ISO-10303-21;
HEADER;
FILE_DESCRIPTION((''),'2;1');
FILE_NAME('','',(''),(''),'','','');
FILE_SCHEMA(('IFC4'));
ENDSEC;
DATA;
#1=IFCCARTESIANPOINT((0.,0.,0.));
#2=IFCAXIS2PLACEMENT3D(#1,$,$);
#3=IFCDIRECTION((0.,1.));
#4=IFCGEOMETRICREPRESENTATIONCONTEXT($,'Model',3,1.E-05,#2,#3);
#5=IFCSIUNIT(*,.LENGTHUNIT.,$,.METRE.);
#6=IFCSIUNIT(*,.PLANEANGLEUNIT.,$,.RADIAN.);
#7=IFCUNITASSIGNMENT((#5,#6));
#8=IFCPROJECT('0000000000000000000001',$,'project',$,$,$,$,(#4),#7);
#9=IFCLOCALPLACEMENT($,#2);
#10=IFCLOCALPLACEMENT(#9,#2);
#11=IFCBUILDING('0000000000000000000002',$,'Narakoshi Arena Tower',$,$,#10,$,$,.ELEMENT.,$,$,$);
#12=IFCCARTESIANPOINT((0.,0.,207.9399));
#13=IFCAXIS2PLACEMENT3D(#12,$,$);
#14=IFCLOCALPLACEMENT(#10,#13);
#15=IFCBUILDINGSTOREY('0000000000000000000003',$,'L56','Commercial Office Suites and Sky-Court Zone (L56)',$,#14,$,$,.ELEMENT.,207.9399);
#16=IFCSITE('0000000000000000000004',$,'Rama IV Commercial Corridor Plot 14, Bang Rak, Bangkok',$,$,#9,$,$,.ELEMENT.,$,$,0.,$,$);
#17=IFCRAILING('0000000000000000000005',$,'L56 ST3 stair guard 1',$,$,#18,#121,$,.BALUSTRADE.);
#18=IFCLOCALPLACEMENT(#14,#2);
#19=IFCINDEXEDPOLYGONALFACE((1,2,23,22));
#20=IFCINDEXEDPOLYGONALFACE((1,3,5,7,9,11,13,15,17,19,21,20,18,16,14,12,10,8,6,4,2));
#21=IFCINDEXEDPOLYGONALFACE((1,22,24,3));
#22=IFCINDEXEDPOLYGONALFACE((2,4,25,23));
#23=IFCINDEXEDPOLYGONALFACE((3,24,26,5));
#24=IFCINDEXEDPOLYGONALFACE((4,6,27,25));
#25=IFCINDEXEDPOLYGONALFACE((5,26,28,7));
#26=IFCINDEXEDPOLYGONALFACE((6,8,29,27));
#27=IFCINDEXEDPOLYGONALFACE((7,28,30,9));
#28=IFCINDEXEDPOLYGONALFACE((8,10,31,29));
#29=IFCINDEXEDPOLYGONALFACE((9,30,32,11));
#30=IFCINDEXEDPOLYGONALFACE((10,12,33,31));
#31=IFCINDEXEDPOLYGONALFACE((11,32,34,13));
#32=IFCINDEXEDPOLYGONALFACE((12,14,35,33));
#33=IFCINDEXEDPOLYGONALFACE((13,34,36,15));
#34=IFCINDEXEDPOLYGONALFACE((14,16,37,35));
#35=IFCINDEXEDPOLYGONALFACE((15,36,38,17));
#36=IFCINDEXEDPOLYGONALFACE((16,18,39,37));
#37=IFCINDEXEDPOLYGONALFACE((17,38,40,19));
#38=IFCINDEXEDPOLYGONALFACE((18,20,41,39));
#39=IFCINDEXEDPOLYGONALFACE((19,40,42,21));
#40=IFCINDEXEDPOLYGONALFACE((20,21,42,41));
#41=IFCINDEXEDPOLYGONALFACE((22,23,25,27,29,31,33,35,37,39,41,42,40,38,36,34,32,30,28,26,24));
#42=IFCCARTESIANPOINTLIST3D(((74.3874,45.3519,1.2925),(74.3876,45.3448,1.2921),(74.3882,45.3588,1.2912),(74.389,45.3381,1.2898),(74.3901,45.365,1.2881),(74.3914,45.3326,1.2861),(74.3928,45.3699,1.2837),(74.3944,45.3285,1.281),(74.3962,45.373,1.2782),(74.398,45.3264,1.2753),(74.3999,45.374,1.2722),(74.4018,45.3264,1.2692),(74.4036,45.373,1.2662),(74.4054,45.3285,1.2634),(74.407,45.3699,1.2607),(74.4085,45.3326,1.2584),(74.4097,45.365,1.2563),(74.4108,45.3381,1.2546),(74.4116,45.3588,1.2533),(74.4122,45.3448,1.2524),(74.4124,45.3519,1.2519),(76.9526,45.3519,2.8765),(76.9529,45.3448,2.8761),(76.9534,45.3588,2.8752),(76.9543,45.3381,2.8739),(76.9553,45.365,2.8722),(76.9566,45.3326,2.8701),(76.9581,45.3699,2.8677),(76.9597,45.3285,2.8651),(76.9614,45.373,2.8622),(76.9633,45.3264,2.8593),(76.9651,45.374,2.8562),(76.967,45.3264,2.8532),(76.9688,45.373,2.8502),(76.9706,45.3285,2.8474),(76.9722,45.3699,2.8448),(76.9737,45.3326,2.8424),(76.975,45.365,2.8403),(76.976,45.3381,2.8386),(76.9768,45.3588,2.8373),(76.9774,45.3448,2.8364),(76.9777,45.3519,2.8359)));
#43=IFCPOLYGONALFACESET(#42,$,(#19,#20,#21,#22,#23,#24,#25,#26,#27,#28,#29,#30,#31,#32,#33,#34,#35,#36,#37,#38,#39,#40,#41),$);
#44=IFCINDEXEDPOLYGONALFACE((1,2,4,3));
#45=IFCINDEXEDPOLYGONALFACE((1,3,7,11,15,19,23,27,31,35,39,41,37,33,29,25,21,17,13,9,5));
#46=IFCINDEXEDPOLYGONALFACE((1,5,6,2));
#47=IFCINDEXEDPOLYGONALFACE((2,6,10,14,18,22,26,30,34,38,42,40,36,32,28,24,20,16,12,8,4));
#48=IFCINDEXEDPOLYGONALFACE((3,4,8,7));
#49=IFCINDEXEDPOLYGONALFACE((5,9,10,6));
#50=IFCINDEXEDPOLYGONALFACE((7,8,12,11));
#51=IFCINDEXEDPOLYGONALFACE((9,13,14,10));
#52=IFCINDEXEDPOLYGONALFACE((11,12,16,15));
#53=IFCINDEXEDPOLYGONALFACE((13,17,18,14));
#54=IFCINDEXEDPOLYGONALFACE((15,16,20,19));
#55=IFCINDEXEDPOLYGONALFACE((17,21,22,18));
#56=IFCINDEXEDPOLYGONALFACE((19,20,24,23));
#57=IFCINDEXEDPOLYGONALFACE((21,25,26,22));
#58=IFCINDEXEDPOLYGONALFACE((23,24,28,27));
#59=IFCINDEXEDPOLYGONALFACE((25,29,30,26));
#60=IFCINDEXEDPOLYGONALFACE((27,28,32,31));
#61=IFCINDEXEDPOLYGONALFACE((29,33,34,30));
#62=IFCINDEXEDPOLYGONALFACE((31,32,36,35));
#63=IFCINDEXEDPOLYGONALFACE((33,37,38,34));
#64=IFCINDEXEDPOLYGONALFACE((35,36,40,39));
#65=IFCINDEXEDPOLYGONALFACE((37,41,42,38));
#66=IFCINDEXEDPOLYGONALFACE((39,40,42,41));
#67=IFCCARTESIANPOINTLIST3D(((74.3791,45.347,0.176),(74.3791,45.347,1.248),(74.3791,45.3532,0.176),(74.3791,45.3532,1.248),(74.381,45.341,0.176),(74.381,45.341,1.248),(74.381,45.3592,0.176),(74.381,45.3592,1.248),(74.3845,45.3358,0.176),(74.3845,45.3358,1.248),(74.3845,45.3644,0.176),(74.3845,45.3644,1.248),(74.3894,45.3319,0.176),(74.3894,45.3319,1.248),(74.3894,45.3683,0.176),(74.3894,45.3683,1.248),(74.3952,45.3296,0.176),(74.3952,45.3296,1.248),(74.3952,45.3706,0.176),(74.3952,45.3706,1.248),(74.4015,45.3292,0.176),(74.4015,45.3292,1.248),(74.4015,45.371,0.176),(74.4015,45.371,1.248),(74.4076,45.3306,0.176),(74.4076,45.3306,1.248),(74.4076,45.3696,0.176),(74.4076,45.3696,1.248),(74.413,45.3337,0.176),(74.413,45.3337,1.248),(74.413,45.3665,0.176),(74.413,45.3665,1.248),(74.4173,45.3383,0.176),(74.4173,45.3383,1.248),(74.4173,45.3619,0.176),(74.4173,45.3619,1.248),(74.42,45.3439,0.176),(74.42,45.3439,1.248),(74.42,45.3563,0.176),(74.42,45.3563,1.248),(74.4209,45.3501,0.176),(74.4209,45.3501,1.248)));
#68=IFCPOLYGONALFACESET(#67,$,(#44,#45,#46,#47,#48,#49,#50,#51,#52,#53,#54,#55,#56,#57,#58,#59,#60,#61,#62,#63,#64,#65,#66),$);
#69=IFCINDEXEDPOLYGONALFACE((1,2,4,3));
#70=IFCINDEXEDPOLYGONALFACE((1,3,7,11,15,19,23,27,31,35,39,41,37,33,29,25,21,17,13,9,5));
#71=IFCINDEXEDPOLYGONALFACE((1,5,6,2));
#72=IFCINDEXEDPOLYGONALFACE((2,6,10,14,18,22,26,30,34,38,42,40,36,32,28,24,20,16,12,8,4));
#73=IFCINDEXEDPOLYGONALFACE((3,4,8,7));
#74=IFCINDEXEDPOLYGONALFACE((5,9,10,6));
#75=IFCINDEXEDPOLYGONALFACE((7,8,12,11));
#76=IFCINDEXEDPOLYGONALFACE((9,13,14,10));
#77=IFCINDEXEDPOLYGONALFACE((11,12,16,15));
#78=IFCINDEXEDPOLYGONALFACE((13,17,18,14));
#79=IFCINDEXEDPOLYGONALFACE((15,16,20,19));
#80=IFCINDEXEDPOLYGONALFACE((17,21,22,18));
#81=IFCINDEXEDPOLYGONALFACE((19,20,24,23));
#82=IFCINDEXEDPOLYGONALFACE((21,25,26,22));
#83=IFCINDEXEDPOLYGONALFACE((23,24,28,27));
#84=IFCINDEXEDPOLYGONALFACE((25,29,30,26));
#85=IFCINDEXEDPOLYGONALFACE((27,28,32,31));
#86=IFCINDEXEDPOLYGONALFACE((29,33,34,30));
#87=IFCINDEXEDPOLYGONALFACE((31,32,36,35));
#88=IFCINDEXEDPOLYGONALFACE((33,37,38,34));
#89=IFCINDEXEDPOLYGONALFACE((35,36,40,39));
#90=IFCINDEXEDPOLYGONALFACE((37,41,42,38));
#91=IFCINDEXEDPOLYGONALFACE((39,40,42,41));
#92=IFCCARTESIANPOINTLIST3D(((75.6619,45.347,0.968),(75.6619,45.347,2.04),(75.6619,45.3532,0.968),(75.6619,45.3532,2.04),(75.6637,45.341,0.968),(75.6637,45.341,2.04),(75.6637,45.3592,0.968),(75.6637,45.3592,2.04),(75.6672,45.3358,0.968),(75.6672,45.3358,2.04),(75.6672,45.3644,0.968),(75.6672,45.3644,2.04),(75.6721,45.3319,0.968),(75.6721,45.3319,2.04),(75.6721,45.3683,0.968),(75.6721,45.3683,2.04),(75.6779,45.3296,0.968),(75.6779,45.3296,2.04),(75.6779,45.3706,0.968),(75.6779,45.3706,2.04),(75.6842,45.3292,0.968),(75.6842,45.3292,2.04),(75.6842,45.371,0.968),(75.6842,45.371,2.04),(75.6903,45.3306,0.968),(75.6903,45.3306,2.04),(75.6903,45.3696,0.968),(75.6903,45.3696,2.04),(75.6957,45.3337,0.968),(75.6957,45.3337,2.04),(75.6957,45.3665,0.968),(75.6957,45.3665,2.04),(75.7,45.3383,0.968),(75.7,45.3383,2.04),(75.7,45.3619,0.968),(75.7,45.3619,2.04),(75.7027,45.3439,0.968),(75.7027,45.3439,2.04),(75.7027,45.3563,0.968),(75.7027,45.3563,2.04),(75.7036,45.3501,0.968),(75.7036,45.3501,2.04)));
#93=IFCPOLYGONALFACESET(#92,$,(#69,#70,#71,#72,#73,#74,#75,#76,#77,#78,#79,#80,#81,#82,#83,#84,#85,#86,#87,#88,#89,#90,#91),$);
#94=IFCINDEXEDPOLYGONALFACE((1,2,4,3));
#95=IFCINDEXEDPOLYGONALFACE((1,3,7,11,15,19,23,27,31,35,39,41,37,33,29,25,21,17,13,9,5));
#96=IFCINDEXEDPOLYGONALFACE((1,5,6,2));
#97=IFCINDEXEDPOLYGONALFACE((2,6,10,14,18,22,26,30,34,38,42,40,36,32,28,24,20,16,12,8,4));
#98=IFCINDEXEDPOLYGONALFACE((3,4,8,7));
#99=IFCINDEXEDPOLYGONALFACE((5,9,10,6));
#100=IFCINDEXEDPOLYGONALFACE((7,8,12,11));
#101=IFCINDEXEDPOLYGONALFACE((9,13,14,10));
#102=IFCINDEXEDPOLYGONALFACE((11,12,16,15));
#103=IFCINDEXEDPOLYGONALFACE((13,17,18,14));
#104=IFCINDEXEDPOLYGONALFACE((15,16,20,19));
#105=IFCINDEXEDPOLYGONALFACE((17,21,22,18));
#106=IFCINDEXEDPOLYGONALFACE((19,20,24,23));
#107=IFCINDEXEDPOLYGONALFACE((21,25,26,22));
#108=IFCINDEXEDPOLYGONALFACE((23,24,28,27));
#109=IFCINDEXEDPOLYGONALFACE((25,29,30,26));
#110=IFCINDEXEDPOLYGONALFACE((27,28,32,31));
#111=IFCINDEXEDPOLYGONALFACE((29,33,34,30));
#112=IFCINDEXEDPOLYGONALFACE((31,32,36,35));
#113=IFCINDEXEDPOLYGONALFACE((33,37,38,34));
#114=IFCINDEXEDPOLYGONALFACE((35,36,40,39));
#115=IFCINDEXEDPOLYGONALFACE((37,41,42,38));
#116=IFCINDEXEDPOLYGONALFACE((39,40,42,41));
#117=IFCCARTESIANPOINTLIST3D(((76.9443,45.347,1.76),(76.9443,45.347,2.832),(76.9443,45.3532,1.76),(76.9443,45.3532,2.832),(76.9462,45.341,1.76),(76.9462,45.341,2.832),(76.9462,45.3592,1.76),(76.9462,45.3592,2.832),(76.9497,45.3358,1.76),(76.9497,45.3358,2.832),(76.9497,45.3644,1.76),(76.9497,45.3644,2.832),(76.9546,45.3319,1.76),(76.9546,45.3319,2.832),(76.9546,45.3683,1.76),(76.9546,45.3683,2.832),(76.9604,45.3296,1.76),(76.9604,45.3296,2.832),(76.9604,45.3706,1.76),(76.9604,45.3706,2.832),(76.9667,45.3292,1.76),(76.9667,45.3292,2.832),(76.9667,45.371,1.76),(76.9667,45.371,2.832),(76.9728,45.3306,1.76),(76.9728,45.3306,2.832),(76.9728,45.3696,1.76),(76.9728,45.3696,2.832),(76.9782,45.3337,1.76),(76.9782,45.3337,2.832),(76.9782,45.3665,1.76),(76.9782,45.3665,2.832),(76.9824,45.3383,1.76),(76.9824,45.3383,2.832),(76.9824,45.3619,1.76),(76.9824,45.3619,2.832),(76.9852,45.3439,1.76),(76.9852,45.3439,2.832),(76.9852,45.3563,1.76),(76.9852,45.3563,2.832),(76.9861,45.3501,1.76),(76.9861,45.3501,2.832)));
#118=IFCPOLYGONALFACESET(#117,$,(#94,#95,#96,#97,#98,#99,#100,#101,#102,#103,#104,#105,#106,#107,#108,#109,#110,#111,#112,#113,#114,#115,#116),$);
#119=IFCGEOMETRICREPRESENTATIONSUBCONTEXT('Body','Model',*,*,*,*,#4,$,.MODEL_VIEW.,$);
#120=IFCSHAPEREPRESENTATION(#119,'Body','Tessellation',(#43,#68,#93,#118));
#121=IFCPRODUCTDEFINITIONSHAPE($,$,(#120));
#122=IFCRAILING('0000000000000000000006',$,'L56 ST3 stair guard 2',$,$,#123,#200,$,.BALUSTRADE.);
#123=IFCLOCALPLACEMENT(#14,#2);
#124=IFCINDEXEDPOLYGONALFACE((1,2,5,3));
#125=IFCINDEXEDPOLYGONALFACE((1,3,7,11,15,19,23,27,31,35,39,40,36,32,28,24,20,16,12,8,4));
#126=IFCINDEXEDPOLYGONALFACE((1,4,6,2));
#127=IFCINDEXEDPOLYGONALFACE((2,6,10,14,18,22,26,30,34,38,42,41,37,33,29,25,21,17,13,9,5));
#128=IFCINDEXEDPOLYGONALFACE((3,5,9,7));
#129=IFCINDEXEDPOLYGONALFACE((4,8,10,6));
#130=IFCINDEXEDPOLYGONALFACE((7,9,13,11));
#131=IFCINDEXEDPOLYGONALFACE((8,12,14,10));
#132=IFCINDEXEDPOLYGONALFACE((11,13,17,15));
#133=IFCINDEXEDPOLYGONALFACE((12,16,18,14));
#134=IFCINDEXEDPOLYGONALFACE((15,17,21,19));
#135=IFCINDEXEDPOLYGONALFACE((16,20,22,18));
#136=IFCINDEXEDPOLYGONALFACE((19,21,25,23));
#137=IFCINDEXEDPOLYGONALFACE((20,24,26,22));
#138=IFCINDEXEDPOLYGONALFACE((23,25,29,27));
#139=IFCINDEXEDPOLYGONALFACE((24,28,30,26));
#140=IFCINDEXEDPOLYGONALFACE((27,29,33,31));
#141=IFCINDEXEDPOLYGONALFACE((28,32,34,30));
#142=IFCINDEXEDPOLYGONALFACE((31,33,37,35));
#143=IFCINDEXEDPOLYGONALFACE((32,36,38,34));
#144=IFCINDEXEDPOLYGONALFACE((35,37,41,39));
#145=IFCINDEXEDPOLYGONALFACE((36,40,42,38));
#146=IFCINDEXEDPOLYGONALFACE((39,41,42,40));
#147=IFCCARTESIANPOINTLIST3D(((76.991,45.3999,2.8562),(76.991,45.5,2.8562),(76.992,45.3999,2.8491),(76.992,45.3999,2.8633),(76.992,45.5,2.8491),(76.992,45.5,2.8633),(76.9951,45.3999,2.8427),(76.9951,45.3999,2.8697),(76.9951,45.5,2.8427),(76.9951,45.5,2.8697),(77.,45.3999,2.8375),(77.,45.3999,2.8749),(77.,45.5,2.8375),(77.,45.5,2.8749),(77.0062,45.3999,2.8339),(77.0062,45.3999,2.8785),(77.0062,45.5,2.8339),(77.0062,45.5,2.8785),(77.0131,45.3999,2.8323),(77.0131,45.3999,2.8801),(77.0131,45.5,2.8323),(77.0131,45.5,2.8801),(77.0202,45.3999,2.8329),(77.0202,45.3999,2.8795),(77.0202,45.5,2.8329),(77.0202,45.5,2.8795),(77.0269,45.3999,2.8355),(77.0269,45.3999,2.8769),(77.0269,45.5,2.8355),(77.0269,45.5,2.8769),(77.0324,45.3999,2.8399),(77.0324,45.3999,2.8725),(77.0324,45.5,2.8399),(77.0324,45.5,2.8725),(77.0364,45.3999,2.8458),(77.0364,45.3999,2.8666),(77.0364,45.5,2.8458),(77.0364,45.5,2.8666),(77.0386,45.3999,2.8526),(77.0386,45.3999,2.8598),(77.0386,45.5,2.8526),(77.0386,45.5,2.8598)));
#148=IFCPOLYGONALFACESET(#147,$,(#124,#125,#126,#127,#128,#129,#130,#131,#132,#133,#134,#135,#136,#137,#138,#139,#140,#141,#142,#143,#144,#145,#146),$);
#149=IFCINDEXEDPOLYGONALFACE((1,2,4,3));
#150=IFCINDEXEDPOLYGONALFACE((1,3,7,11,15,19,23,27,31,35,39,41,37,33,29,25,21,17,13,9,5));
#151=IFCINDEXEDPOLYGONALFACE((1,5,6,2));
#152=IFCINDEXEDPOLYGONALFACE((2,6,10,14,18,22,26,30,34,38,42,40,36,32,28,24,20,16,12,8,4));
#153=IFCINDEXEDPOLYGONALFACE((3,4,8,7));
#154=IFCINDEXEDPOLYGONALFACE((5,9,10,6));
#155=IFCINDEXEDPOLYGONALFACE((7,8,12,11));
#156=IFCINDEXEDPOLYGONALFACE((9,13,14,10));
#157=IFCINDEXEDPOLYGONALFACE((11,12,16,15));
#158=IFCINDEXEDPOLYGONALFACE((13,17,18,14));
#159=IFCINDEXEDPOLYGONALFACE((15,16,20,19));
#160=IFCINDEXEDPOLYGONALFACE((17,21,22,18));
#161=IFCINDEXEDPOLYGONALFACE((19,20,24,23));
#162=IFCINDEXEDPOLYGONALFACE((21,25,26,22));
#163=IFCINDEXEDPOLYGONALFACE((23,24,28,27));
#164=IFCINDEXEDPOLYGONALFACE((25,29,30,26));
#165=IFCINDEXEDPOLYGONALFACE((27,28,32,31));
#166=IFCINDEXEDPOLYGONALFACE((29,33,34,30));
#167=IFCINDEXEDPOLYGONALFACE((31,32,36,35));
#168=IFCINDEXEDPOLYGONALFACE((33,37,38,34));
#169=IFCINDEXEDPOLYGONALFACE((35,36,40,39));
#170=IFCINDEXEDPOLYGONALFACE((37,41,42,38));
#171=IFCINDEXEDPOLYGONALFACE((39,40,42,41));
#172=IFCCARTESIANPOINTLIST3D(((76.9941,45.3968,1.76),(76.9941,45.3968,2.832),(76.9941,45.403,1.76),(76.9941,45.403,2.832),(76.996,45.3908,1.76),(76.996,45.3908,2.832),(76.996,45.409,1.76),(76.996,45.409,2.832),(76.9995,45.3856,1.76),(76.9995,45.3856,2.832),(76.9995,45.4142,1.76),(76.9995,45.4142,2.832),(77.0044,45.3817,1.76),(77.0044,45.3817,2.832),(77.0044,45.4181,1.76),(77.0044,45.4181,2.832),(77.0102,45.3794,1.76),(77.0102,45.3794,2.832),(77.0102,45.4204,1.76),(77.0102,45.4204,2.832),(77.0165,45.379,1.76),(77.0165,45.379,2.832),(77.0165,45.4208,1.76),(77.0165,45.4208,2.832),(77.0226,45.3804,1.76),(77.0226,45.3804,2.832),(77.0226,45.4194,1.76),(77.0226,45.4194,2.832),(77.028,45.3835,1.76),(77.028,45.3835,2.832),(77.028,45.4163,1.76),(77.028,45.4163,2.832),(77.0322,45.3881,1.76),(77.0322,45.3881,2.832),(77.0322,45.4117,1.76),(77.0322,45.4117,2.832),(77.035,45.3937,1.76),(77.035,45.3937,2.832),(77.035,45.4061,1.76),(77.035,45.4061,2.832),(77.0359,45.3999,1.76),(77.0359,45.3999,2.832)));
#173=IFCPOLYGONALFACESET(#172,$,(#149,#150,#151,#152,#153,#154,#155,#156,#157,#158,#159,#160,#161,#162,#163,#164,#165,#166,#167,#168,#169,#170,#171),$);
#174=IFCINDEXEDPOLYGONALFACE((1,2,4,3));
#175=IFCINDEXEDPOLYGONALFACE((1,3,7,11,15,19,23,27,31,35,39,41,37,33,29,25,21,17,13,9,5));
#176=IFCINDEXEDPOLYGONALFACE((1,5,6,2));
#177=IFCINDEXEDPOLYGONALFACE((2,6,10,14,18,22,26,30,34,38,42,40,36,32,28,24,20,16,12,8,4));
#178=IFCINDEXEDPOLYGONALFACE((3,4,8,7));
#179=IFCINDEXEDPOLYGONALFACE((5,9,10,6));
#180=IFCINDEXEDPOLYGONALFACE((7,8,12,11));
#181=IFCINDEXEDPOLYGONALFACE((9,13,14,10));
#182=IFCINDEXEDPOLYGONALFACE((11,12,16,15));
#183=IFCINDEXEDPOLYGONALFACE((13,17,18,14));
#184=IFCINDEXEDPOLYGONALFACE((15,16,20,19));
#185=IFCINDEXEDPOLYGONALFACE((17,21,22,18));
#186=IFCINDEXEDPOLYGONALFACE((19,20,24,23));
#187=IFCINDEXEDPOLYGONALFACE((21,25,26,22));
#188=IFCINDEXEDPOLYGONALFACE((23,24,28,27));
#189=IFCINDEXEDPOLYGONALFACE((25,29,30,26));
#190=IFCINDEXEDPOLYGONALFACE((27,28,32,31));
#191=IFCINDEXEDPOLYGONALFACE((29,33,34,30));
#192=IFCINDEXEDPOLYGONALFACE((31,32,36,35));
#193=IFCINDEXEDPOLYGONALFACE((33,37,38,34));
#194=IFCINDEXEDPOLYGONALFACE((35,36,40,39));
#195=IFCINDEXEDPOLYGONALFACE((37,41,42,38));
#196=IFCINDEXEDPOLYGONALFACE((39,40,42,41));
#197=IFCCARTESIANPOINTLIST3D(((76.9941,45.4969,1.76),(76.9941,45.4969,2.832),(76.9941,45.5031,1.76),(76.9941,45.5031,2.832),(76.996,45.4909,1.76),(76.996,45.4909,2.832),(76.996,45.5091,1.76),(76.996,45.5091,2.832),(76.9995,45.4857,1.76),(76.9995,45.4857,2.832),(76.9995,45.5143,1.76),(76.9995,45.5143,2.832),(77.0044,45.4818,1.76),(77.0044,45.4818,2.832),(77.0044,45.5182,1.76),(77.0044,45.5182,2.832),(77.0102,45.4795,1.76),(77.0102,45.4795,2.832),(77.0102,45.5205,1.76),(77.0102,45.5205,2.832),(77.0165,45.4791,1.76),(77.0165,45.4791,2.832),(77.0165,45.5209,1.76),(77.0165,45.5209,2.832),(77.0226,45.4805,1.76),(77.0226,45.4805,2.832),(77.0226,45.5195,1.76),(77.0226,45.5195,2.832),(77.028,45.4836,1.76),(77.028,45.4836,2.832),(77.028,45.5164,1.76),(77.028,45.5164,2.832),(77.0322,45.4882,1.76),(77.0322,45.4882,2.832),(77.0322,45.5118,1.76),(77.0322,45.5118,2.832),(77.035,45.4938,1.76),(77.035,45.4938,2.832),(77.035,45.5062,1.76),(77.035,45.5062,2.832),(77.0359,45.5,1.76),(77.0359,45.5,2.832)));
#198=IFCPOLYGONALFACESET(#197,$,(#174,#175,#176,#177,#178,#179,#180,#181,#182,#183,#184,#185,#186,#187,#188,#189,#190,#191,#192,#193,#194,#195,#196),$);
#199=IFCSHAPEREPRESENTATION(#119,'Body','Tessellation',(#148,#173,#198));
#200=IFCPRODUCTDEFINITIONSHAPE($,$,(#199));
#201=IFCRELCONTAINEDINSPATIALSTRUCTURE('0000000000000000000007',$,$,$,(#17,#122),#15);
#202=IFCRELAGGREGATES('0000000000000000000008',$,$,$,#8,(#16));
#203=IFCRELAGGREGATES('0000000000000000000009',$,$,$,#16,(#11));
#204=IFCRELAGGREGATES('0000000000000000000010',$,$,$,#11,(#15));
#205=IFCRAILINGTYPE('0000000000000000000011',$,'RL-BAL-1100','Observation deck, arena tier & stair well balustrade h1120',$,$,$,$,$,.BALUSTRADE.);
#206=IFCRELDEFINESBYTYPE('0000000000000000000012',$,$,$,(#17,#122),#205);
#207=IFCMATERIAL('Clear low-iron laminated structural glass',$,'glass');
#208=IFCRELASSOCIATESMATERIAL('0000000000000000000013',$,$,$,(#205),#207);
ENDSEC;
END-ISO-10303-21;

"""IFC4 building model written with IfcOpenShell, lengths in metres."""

from ifc_helpers import new_model, si_unit, direction, frame, origin, origin_2d, place, context, subcontext, project, spatial, circle, extrude, material, type_object, element, save


model = new_model("IFC4")

# Units and contexts
model_context = context("Model", 3, precision=1e-05, world=origin(), true_north=direction((0.0, 1.0)))
body_context = subcontext(model_context, "Body", "Model", "MODEL_VIEW")
ifc_project = project(units=[si_unit("LENGTHUNIT", "METRE"), si_unit("PLANEANGLEUNIT", "RADIAN")], contexts=[model_context])

# Site, building, storey
site_placement = place(None, origin())
site = spatial("IfcSite", under=ifc_project, at=site_placement, Name="Rama IV Commercial Corridor Plot 14, Bang Rak, Bangkok", CompositionType="ELEMENT", RefElevation=0.0)
building_placement = place(site_placement, origin())
building = spatial("IfcBuilding", under=site, at=building_placement, Name="Narakoshi Arena Tower", CompositionType="ELEMENT")
storey_placement = place(building_placement, frame((0.0, 0.0, 207.9399)))
storey = spatial("IfcBuildingStorey", under=building, at=storey_placement, Name="L56", Description="Commercial Office Suites and Sky-Court Zone (L56)", CompositionType="ELEMENT", Elevation=207.9399)

# Railings
ifc_material_1 = material(Name="Clear low-iron laminated structural glass", Category="glass")
railing_type_1 = type_object("IfcRailingType", Name="RL-BAL-1100", Description="Observation deck, arena tier & stair well balustrade h1120", PredefinedType="BALUSTRADE", material=ifc_material_1)
railing_1_placement = place(storey_placement, frame((74.3999, 45.3501, 0.176)))
element("IfcRailing", 1, at=railing_1_placement, inside=storey, type_object=railing_type_1, Name="L56 ST3 stair guard 1", PredefinedType="BALUSTRADE", context=body_context, shape_type="SweptSolid", body=[
    extrude(circle(Radius=0.0239, at=origin_2d()), frame((0.0, 0.0, 1.0962), z_axis=(0.850857, 0.0, 0.525398), x_axis=(0.0, 1.0, 0.0)), (0.0, 0.0, 1.0), 3.0149),
    extrude(circle(Radius=0.021, at=origin_2d()), origin(), (0.0, 0.0, 1.0), 1.072),
    extrude(circle(Radius=0.021, at=origin_2d()), frame((1.2827, 0.0, 0.792)), (0.0, 0.0, 1.0), 1.072),
    extrude(circle(Radius=0.021, at=origin_2d()), frame((2.5652, 0.0, 1.584)), (0.0, 0.0, 1.0), 1.072),
])
railing_2_placement = place(storey_placement, frame((77.0149, 45.3999, 1.76)))
element("IfcRailing", 2, at=railing_2_placement, inside=storey, type_object=railing_type_1, Name="L56 ST3 stair guard 2", PredefinedType="BALUSTRADE", context=body_context, shape_type="SweptSolid", body=[
    extrude(circle(Radius=0.0239, at=origin_2d()), frame((0.0, 0.0, 1.0962), z_axis=(0.0, 1.0, 0.0), x_axis=(-1.0, 0.0, 0.0)), (0.0, 0.0, 1.0), 0.1001),
    extrude(circle(Radius=0.021, at=origin_2d()), origin(), (0.0, 0.0, 1.0), 1.072),
    extrude(circle(Radius=0.021, at=origin_2d()), frame((0.0, 0.1001, 0.0)), (0.0, 0.0, 1.0), 1.072),
])

save(model, "model.ifc")
